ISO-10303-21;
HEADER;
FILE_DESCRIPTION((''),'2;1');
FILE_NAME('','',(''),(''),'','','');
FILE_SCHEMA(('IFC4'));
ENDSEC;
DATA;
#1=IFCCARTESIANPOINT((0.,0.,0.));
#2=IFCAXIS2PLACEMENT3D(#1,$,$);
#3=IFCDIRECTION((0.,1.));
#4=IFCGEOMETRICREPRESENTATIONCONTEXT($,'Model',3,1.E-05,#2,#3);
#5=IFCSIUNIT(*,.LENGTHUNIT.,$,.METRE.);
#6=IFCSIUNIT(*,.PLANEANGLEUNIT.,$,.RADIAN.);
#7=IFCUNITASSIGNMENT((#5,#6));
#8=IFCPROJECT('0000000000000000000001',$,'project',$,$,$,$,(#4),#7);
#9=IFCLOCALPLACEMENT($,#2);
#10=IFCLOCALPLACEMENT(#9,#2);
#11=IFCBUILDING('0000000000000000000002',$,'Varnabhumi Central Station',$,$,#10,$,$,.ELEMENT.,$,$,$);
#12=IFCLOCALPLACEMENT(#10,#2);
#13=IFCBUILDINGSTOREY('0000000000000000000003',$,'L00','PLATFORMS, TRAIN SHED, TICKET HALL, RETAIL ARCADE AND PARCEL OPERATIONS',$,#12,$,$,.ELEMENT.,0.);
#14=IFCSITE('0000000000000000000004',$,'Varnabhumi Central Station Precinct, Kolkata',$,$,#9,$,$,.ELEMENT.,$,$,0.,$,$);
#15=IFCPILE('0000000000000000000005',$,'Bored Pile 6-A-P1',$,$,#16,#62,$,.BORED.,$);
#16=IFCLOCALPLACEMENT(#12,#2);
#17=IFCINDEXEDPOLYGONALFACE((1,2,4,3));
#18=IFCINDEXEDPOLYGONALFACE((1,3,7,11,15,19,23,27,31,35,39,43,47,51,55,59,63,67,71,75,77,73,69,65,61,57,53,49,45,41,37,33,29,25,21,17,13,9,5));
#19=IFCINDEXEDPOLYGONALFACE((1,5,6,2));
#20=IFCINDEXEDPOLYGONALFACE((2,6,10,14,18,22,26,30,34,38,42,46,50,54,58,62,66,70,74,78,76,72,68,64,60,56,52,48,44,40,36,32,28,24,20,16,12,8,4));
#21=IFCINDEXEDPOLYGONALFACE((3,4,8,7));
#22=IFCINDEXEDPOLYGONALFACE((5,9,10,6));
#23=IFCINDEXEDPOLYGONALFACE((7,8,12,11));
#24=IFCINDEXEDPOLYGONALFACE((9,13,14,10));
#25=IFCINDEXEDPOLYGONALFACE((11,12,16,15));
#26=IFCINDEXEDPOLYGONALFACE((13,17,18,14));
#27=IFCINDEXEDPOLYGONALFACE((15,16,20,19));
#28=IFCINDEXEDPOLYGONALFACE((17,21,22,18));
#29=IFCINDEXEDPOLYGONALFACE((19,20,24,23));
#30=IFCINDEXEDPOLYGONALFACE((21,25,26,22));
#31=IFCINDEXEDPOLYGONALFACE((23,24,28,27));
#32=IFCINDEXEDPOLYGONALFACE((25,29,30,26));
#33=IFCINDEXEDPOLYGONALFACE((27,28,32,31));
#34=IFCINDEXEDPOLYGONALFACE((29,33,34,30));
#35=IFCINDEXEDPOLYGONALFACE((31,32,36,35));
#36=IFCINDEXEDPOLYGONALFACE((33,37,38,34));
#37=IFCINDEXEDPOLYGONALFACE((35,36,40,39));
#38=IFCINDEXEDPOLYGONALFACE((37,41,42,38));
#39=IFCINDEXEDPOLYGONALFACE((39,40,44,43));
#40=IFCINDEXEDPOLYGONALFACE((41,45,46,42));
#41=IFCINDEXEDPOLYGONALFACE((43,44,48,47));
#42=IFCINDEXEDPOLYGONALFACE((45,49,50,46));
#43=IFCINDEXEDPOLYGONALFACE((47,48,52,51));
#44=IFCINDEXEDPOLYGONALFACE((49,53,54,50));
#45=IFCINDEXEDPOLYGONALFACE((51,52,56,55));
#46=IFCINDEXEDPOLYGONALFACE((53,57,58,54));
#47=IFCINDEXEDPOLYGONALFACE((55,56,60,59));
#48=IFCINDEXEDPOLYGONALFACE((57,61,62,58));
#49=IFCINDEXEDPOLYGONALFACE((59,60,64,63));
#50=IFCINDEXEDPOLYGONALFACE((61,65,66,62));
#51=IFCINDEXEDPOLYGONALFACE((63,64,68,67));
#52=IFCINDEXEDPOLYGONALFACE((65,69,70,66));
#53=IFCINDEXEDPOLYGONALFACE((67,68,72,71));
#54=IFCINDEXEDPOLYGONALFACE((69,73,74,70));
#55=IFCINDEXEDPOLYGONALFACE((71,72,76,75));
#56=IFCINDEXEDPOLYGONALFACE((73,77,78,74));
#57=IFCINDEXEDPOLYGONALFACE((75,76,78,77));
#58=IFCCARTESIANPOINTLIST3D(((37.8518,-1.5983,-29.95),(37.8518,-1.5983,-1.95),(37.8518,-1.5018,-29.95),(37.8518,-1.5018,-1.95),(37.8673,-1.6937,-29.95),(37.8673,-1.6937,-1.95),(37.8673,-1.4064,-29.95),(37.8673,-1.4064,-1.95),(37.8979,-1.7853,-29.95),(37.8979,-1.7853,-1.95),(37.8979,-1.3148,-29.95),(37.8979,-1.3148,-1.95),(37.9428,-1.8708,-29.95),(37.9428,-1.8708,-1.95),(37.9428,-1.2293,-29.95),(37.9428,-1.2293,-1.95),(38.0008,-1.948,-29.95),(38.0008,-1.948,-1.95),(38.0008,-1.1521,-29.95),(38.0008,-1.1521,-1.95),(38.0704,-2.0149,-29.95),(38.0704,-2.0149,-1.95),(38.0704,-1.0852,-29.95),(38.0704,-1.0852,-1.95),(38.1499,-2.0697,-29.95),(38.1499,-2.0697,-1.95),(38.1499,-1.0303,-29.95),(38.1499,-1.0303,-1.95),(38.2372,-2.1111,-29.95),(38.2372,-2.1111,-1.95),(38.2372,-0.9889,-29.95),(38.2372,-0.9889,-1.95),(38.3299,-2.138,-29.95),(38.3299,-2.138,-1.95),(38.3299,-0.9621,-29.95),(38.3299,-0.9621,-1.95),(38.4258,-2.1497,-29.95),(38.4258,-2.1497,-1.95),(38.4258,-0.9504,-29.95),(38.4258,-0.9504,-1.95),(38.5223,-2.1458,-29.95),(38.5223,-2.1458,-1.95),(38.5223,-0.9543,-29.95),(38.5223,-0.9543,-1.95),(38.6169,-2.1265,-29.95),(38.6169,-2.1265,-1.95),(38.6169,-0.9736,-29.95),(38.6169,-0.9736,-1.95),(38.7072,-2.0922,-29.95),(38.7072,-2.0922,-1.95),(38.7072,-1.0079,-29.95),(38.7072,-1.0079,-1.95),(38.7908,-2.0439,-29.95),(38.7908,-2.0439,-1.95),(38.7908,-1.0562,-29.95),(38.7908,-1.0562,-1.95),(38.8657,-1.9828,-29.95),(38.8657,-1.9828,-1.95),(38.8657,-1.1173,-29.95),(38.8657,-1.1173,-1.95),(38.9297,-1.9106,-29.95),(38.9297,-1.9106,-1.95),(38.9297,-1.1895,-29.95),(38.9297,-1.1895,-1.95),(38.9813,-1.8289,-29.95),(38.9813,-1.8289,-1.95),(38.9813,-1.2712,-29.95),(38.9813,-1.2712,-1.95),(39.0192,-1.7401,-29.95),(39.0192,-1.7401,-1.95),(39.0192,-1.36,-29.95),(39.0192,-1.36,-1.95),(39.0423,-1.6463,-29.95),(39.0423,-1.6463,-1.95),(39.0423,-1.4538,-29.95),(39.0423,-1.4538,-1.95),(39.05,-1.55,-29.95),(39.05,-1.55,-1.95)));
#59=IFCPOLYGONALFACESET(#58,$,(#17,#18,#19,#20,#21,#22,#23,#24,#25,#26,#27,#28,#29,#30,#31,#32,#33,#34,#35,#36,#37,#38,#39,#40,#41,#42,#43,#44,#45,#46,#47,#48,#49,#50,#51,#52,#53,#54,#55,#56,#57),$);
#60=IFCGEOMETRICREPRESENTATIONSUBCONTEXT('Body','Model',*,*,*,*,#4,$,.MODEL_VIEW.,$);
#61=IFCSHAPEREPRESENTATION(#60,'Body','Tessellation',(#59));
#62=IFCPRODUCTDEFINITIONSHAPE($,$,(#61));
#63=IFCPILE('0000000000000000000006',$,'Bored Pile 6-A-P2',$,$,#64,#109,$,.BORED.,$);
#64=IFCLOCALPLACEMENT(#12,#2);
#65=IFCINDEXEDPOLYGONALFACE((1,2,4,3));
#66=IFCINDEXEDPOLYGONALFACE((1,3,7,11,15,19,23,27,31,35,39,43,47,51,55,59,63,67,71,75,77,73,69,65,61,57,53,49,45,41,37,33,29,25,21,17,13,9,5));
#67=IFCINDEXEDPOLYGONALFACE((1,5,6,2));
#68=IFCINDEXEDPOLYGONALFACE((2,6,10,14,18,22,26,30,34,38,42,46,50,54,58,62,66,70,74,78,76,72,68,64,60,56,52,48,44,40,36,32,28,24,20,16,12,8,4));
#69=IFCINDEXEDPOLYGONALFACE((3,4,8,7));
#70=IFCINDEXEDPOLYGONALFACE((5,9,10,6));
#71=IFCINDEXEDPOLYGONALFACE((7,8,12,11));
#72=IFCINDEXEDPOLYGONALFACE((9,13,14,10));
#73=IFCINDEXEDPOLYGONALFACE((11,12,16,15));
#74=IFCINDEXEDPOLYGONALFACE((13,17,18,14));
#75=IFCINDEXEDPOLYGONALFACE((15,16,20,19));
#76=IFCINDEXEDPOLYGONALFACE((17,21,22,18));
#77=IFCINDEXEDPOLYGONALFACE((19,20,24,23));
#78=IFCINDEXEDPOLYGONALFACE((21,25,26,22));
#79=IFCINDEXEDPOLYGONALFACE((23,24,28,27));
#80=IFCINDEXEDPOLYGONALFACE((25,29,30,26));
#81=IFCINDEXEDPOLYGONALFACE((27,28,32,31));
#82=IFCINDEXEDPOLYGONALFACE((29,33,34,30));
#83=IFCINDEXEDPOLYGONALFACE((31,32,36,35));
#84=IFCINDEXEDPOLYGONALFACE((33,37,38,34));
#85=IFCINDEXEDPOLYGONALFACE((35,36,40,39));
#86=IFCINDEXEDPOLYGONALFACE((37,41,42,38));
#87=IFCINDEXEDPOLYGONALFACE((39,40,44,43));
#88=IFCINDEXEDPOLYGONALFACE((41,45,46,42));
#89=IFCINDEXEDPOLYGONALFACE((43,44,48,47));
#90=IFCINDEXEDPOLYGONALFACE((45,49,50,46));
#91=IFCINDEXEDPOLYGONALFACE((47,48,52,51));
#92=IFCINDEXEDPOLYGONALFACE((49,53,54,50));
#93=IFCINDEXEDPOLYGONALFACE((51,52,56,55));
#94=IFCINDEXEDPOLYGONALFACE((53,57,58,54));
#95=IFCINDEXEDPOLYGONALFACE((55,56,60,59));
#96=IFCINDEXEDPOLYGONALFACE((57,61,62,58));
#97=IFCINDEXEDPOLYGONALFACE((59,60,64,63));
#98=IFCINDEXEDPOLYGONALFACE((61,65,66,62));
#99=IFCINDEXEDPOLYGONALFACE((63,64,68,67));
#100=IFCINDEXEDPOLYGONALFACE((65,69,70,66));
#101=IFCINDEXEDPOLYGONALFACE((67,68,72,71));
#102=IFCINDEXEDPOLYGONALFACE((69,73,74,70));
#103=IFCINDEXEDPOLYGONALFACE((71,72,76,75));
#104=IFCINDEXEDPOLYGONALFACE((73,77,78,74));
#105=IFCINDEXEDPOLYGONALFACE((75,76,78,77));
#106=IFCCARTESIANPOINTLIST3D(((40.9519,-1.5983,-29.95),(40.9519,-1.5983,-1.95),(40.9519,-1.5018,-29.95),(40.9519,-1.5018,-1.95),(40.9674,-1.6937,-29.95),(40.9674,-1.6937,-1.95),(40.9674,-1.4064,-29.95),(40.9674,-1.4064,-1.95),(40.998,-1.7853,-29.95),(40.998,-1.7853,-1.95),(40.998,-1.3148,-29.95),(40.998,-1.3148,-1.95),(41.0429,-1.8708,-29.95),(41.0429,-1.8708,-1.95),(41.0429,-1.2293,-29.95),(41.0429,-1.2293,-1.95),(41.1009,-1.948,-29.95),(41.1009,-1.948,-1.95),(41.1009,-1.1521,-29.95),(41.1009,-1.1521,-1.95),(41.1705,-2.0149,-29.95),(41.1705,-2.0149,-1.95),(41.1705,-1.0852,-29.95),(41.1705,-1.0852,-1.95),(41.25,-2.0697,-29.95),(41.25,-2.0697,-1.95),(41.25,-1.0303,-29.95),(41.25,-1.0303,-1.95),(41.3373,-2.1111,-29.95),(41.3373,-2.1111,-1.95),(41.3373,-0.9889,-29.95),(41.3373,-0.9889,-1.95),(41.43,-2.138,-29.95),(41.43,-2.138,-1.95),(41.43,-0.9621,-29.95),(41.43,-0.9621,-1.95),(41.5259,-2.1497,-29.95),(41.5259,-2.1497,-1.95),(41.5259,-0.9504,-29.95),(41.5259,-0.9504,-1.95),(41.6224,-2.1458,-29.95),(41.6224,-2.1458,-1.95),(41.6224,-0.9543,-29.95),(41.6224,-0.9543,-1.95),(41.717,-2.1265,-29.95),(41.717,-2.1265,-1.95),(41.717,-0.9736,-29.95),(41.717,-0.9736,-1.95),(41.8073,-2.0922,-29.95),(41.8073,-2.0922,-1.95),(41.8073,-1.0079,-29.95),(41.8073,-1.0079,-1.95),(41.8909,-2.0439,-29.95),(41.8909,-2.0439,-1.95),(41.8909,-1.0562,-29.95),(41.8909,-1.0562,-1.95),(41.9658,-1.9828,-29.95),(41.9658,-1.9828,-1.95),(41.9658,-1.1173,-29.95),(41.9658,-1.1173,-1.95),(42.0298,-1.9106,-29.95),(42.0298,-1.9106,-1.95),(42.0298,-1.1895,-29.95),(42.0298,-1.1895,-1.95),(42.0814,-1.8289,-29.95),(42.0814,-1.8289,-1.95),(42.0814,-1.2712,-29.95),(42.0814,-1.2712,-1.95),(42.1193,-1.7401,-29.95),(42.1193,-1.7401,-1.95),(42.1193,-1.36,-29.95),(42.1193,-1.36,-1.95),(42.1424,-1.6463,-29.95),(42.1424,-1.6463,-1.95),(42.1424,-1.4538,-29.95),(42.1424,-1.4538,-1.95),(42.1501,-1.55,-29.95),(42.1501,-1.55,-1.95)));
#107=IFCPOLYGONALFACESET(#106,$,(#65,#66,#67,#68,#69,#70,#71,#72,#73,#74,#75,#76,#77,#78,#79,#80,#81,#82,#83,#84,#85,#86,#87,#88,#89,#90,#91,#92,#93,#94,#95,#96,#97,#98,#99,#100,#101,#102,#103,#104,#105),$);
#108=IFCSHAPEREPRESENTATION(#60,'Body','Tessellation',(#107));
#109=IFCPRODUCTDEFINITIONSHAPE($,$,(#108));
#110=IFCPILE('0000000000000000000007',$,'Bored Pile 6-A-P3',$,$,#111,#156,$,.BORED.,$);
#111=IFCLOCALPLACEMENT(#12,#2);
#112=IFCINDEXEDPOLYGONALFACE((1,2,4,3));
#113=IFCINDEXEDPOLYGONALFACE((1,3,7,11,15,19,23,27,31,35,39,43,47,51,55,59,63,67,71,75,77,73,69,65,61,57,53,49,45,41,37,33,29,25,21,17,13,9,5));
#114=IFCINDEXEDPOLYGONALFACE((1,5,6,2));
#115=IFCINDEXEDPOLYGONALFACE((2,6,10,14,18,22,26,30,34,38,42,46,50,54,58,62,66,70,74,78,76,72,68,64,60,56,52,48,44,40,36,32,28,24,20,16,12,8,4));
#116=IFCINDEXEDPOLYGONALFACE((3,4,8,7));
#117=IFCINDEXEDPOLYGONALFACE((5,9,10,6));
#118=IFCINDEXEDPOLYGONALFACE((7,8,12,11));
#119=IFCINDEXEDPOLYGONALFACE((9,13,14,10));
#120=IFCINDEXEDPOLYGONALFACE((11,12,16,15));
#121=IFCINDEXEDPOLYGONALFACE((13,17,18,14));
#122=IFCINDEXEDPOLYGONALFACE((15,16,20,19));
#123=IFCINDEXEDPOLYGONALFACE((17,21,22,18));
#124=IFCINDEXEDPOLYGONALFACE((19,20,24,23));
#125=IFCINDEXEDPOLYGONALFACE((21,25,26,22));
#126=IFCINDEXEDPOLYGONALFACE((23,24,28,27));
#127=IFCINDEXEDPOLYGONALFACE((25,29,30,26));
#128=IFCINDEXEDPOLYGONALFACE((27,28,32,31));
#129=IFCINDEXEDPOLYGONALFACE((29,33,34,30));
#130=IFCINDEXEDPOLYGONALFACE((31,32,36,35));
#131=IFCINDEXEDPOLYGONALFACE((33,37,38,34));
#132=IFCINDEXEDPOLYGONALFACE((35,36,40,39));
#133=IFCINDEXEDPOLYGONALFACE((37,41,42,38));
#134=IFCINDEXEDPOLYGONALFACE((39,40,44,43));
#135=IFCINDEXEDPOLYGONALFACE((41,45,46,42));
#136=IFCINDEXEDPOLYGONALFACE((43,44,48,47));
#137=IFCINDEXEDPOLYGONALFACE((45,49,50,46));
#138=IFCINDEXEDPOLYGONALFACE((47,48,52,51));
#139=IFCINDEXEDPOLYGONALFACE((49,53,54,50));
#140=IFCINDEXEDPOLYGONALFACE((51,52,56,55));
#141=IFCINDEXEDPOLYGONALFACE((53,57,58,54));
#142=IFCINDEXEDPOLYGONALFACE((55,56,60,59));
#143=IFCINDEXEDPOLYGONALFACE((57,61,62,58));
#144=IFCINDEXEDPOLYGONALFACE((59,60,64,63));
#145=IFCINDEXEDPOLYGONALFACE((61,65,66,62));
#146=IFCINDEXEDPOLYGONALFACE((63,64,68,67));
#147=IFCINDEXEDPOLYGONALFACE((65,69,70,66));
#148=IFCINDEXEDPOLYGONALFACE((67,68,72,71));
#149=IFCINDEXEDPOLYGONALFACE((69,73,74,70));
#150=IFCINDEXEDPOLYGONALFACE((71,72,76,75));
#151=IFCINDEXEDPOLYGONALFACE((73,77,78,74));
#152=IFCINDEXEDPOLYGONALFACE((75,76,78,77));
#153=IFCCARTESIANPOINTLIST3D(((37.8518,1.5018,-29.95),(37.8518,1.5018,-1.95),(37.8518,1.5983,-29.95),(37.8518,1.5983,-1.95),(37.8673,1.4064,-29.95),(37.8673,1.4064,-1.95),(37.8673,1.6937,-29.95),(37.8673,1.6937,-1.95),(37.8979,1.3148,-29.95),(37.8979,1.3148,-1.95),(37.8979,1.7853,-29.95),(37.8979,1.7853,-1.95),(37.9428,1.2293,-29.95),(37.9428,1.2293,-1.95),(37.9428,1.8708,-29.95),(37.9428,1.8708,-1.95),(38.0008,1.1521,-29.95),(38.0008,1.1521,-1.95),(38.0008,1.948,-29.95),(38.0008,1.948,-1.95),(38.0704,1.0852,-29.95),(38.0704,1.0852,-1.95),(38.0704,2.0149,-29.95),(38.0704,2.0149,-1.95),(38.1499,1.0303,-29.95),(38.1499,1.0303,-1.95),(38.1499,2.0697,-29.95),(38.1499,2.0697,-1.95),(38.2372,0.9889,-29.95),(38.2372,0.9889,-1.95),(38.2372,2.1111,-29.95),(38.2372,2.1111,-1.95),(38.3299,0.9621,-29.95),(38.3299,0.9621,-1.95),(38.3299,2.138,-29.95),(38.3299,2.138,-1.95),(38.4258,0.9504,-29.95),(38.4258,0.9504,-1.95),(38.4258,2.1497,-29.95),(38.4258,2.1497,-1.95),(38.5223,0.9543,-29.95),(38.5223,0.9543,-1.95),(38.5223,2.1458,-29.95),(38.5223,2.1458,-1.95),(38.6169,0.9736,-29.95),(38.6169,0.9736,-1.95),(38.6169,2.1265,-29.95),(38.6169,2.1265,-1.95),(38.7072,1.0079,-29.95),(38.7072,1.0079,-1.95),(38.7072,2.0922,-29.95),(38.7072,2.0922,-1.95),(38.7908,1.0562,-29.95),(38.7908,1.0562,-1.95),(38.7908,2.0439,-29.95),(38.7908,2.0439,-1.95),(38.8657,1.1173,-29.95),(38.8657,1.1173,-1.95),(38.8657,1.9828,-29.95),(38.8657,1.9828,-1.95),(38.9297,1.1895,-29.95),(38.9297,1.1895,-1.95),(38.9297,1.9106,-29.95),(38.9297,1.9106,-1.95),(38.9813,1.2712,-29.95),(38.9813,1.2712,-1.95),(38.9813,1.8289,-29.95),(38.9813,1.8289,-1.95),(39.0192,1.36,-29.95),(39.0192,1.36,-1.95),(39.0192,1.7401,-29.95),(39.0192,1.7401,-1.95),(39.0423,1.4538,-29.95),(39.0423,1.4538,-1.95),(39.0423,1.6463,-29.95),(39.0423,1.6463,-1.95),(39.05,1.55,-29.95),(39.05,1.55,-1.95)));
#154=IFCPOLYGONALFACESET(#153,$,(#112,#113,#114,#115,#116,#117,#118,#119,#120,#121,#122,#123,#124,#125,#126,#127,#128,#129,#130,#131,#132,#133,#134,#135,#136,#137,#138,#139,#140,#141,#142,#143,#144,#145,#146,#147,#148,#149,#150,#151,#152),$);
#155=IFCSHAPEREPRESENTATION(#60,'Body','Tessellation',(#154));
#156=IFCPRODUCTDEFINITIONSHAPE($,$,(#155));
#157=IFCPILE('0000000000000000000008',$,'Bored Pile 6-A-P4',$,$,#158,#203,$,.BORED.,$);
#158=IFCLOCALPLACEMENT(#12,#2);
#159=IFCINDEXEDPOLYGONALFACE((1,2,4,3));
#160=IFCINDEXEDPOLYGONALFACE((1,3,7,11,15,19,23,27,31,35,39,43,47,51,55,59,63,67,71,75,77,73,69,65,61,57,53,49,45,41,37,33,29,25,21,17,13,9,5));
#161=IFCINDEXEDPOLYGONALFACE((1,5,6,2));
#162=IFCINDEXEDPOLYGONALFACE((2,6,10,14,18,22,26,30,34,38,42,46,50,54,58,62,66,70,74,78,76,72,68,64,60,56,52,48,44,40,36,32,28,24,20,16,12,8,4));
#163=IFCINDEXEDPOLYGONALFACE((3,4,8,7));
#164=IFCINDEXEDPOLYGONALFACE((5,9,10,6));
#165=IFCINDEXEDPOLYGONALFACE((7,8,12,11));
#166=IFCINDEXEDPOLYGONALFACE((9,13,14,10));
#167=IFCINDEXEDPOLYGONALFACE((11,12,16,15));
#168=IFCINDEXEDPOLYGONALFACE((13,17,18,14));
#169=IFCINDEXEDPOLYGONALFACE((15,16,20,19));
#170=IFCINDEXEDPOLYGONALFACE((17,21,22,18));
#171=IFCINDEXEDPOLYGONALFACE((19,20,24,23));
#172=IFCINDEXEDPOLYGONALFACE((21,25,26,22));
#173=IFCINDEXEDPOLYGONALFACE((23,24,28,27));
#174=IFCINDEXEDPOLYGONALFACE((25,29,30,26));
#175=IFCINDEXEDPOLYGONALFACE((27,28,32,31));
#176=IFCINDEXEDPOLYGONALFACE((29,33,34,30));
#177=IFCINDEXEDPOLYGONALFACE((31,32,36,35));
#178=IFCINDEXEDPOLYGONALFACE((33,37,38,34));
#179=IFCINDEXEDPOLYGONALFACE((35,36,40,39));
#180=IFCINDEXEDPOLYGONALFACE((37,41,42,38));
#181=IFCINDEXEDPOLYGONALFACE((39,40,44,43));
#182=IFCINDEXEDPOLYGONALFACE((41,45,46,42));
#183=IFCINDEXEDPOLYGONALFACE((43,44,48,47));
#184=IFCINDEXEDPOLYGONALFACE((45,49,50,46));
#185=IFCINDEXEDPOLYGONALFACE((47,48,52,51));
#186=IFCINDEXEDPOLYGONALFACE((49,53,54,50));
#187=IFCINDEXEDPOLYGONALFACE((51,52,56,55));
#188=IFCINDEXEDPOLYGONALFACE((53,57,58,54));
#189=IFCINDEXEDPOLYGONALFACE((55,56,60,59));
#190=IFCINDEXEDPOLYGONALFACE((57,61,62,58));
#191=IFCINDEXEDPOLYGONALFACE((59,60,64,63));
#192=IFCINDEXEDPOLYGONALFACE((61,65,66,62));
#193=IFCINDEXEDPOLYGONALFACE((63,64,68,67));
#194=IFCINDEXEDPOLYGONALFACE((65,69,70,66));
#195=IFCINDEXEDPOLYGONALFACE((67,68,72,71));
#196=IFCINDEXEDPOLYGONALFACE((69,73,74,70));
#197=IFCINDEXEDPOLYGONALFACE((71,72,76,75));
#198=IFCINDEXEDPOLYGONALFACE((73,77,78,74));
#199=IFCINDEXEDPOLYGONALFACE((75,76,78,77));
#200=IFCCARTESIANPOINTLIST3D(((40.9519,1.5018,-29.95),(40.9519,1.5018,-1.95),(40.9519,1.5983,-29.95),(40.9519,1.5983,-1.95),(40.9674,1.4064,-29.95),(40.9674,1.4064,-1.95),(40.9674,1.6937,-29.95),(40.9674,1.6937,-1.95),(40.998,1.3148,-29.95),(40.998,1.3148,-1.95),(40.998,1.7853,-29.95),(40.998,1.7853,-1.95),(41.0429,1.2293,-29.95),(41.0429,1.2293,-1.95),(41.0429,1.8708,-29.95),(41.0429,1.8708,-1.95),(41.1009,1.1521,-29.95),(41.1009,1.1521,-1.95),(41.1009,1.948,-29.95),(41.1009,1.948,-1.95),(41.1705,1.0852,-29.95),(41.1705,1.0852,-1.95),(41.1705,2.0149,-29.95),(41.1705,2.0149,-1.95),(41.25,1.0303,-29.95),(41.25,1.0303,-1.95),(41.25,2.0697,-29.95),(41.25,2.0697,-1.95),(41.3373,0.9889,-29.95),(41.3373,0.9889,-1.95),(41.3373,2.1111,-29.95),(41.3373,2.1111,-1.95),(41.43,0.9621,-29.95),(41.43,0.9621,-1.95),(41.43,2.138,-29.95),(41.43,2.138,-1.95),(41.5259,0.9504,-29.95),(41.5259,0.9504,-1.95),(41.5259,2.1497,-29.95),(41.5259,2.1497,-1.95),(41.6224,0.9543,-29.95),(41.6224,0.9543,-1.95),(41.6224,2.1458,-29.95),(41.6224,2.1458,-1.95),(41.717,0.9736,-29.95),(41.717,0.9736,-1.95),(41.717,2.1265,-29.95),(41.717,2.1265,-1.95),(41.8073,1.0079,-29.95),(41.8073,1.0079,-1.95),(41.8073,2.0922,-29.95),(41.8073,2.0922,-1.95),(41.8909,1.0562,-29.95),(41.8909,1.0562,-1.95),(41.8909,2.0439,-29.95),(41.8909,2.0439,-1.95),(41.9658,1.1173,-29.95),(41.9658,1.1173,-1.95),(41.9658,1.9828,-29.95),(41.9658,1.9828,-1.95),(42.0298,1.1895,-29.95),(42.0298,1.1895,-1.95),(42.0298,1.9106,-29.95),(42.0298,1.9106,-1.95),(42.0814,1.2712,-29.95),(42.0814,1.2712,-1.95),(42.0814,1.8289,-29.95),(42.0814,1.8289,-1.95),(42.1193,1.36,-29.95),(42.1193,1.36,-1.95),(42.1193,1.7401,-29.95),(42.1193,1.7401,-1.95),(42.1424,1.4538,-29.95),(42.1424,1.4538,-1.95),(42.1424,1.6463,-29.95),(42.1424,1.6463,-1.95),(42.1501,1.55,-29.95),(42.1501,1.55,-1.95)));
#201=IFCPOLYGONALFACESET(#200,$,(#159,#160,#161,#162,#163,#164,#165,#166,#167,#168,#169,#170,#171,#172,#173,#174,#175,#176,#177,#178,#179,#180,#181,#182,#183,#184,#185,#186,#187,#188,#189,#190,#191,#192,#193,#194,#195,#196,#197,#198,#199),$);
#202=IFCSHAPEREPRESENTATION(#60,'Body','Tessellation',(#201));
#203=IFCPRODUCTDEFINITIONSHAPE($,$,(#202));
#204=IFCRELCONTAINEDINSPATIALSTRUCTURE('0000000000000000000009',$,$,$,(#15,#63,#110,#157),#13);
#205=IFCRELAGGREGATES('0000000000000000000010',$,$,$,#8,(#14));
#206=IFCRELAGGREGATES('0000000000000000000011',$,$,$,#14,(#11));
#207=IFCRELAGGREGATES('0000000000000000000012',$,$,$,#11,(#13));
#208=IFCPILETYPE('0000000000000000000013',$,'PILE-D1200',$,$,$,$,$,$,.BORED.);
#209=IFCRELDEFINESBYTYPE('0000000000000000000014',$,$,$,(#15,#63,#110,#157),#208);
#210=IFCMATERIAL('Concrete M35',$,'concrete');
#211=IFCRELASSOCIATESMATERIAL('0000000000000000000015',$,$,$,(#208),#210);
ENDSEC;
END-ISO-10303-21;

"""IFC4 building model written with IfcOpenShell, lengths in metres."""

from ifc_helpers import new_model, si_unit, direction, frame, origin, origin_2d, place, context, subcontext, project, spatial, circle, extrude, material, material_profile, profile_set, type_object, element, save


model = new_model("IFC4")

# Units and contexts
model_context = context("Model", 3, precision=1e-05, world=origin(), true_north=direction((0.0, 1.0)))
body_context = subcontext(model_context, "Body", "Model", "MODEL_VIEW")
ifc_project = project(units=[si_unit("LENGTHUNIT", "METRE"), si_unit("PLANEANGLEUNIT", "RADIAN")], contexts=[model_context])

# Site, building, storey
site_placement = place(None, origin())
site = spatial("IfcSite", under=ifc_project, at=site_placement, Name="Varnabhumi Central Station Precinct, Kolkata", CompositionType="ELEMENT", RefElevation=0.0)
building_placement = place(site_placement, origin())
building = spatial("IfcBuilding", under=site, at=building_placement, Name="Varnabhumi Central Station", CompositionType="ELEMENT")
storey_placement = place(building_placement, origin())
storey = spatial("IfcBuildingStorey", under=building, at=storey_placement, Name="L00", Description="PLATFORMS, TRAIN SHED, TICKET HALL, RETAIL ARCADE AND PARCEL OPERATIONS", CompositionType="ELEMENT", Elevation=0.0)

# Piles
ifc_material_1 = material(Name="Concrete M35", Category="concrete")
ifc_material_profile_1 = material_profile(ifc_material_1, circle(Radius=0.6001, at=origin_2d()), Name="Concrete M35", Category="concrete")
ifc_profile_set_1 = profile_set([ifc_material_profile_1], Name="Concrete M35")
pile_type_1 = type_object("IfcPileType", Name="PILE-D1200", PredefinedType="BORED", material=ifc_profile_set_1)
for number, where, z_axis, x_axis, name in (
    (1, (38.45, -1.55, -1.95), (0.0, 0.0, -1.0), (1.0, 0.0, 0.0), "Bored Pile 6-A-P1"),
    (2, (41.55, -1.55, -1.95), (0.0, 0.0, -1.0), (1.0, 0.0, 0.0), "Bored Pile 6-A-P2"),
    (3, (38.45, 1.55, -1.95), (0.0, 0.0, -1.0), (1.0, 0.0, 0.0), "Bored Pile 6-A-P3"),
    (4, (41.55, 1.55, -1.95), (0.0, 0.0, -1.0), (1.0, 0.0, 0.0), "Bored Pile 6-A-P4"),
):
    element("IfcPile", number, at=place(storey_placement, frame(where, z_axis=z_axis, x_axis=x_axis)), inside=storey, type_object=pile_type_1, Name=name, PredefinedType="BORED", context=body_context, shape_type="SweptSolid", body=[
        extrude(circle(Radius=0.6001, at=origin_2d()), origin(), (0.0, 0.0, 1.0), 28.0),
    ])

save(model, "model.ifc")
